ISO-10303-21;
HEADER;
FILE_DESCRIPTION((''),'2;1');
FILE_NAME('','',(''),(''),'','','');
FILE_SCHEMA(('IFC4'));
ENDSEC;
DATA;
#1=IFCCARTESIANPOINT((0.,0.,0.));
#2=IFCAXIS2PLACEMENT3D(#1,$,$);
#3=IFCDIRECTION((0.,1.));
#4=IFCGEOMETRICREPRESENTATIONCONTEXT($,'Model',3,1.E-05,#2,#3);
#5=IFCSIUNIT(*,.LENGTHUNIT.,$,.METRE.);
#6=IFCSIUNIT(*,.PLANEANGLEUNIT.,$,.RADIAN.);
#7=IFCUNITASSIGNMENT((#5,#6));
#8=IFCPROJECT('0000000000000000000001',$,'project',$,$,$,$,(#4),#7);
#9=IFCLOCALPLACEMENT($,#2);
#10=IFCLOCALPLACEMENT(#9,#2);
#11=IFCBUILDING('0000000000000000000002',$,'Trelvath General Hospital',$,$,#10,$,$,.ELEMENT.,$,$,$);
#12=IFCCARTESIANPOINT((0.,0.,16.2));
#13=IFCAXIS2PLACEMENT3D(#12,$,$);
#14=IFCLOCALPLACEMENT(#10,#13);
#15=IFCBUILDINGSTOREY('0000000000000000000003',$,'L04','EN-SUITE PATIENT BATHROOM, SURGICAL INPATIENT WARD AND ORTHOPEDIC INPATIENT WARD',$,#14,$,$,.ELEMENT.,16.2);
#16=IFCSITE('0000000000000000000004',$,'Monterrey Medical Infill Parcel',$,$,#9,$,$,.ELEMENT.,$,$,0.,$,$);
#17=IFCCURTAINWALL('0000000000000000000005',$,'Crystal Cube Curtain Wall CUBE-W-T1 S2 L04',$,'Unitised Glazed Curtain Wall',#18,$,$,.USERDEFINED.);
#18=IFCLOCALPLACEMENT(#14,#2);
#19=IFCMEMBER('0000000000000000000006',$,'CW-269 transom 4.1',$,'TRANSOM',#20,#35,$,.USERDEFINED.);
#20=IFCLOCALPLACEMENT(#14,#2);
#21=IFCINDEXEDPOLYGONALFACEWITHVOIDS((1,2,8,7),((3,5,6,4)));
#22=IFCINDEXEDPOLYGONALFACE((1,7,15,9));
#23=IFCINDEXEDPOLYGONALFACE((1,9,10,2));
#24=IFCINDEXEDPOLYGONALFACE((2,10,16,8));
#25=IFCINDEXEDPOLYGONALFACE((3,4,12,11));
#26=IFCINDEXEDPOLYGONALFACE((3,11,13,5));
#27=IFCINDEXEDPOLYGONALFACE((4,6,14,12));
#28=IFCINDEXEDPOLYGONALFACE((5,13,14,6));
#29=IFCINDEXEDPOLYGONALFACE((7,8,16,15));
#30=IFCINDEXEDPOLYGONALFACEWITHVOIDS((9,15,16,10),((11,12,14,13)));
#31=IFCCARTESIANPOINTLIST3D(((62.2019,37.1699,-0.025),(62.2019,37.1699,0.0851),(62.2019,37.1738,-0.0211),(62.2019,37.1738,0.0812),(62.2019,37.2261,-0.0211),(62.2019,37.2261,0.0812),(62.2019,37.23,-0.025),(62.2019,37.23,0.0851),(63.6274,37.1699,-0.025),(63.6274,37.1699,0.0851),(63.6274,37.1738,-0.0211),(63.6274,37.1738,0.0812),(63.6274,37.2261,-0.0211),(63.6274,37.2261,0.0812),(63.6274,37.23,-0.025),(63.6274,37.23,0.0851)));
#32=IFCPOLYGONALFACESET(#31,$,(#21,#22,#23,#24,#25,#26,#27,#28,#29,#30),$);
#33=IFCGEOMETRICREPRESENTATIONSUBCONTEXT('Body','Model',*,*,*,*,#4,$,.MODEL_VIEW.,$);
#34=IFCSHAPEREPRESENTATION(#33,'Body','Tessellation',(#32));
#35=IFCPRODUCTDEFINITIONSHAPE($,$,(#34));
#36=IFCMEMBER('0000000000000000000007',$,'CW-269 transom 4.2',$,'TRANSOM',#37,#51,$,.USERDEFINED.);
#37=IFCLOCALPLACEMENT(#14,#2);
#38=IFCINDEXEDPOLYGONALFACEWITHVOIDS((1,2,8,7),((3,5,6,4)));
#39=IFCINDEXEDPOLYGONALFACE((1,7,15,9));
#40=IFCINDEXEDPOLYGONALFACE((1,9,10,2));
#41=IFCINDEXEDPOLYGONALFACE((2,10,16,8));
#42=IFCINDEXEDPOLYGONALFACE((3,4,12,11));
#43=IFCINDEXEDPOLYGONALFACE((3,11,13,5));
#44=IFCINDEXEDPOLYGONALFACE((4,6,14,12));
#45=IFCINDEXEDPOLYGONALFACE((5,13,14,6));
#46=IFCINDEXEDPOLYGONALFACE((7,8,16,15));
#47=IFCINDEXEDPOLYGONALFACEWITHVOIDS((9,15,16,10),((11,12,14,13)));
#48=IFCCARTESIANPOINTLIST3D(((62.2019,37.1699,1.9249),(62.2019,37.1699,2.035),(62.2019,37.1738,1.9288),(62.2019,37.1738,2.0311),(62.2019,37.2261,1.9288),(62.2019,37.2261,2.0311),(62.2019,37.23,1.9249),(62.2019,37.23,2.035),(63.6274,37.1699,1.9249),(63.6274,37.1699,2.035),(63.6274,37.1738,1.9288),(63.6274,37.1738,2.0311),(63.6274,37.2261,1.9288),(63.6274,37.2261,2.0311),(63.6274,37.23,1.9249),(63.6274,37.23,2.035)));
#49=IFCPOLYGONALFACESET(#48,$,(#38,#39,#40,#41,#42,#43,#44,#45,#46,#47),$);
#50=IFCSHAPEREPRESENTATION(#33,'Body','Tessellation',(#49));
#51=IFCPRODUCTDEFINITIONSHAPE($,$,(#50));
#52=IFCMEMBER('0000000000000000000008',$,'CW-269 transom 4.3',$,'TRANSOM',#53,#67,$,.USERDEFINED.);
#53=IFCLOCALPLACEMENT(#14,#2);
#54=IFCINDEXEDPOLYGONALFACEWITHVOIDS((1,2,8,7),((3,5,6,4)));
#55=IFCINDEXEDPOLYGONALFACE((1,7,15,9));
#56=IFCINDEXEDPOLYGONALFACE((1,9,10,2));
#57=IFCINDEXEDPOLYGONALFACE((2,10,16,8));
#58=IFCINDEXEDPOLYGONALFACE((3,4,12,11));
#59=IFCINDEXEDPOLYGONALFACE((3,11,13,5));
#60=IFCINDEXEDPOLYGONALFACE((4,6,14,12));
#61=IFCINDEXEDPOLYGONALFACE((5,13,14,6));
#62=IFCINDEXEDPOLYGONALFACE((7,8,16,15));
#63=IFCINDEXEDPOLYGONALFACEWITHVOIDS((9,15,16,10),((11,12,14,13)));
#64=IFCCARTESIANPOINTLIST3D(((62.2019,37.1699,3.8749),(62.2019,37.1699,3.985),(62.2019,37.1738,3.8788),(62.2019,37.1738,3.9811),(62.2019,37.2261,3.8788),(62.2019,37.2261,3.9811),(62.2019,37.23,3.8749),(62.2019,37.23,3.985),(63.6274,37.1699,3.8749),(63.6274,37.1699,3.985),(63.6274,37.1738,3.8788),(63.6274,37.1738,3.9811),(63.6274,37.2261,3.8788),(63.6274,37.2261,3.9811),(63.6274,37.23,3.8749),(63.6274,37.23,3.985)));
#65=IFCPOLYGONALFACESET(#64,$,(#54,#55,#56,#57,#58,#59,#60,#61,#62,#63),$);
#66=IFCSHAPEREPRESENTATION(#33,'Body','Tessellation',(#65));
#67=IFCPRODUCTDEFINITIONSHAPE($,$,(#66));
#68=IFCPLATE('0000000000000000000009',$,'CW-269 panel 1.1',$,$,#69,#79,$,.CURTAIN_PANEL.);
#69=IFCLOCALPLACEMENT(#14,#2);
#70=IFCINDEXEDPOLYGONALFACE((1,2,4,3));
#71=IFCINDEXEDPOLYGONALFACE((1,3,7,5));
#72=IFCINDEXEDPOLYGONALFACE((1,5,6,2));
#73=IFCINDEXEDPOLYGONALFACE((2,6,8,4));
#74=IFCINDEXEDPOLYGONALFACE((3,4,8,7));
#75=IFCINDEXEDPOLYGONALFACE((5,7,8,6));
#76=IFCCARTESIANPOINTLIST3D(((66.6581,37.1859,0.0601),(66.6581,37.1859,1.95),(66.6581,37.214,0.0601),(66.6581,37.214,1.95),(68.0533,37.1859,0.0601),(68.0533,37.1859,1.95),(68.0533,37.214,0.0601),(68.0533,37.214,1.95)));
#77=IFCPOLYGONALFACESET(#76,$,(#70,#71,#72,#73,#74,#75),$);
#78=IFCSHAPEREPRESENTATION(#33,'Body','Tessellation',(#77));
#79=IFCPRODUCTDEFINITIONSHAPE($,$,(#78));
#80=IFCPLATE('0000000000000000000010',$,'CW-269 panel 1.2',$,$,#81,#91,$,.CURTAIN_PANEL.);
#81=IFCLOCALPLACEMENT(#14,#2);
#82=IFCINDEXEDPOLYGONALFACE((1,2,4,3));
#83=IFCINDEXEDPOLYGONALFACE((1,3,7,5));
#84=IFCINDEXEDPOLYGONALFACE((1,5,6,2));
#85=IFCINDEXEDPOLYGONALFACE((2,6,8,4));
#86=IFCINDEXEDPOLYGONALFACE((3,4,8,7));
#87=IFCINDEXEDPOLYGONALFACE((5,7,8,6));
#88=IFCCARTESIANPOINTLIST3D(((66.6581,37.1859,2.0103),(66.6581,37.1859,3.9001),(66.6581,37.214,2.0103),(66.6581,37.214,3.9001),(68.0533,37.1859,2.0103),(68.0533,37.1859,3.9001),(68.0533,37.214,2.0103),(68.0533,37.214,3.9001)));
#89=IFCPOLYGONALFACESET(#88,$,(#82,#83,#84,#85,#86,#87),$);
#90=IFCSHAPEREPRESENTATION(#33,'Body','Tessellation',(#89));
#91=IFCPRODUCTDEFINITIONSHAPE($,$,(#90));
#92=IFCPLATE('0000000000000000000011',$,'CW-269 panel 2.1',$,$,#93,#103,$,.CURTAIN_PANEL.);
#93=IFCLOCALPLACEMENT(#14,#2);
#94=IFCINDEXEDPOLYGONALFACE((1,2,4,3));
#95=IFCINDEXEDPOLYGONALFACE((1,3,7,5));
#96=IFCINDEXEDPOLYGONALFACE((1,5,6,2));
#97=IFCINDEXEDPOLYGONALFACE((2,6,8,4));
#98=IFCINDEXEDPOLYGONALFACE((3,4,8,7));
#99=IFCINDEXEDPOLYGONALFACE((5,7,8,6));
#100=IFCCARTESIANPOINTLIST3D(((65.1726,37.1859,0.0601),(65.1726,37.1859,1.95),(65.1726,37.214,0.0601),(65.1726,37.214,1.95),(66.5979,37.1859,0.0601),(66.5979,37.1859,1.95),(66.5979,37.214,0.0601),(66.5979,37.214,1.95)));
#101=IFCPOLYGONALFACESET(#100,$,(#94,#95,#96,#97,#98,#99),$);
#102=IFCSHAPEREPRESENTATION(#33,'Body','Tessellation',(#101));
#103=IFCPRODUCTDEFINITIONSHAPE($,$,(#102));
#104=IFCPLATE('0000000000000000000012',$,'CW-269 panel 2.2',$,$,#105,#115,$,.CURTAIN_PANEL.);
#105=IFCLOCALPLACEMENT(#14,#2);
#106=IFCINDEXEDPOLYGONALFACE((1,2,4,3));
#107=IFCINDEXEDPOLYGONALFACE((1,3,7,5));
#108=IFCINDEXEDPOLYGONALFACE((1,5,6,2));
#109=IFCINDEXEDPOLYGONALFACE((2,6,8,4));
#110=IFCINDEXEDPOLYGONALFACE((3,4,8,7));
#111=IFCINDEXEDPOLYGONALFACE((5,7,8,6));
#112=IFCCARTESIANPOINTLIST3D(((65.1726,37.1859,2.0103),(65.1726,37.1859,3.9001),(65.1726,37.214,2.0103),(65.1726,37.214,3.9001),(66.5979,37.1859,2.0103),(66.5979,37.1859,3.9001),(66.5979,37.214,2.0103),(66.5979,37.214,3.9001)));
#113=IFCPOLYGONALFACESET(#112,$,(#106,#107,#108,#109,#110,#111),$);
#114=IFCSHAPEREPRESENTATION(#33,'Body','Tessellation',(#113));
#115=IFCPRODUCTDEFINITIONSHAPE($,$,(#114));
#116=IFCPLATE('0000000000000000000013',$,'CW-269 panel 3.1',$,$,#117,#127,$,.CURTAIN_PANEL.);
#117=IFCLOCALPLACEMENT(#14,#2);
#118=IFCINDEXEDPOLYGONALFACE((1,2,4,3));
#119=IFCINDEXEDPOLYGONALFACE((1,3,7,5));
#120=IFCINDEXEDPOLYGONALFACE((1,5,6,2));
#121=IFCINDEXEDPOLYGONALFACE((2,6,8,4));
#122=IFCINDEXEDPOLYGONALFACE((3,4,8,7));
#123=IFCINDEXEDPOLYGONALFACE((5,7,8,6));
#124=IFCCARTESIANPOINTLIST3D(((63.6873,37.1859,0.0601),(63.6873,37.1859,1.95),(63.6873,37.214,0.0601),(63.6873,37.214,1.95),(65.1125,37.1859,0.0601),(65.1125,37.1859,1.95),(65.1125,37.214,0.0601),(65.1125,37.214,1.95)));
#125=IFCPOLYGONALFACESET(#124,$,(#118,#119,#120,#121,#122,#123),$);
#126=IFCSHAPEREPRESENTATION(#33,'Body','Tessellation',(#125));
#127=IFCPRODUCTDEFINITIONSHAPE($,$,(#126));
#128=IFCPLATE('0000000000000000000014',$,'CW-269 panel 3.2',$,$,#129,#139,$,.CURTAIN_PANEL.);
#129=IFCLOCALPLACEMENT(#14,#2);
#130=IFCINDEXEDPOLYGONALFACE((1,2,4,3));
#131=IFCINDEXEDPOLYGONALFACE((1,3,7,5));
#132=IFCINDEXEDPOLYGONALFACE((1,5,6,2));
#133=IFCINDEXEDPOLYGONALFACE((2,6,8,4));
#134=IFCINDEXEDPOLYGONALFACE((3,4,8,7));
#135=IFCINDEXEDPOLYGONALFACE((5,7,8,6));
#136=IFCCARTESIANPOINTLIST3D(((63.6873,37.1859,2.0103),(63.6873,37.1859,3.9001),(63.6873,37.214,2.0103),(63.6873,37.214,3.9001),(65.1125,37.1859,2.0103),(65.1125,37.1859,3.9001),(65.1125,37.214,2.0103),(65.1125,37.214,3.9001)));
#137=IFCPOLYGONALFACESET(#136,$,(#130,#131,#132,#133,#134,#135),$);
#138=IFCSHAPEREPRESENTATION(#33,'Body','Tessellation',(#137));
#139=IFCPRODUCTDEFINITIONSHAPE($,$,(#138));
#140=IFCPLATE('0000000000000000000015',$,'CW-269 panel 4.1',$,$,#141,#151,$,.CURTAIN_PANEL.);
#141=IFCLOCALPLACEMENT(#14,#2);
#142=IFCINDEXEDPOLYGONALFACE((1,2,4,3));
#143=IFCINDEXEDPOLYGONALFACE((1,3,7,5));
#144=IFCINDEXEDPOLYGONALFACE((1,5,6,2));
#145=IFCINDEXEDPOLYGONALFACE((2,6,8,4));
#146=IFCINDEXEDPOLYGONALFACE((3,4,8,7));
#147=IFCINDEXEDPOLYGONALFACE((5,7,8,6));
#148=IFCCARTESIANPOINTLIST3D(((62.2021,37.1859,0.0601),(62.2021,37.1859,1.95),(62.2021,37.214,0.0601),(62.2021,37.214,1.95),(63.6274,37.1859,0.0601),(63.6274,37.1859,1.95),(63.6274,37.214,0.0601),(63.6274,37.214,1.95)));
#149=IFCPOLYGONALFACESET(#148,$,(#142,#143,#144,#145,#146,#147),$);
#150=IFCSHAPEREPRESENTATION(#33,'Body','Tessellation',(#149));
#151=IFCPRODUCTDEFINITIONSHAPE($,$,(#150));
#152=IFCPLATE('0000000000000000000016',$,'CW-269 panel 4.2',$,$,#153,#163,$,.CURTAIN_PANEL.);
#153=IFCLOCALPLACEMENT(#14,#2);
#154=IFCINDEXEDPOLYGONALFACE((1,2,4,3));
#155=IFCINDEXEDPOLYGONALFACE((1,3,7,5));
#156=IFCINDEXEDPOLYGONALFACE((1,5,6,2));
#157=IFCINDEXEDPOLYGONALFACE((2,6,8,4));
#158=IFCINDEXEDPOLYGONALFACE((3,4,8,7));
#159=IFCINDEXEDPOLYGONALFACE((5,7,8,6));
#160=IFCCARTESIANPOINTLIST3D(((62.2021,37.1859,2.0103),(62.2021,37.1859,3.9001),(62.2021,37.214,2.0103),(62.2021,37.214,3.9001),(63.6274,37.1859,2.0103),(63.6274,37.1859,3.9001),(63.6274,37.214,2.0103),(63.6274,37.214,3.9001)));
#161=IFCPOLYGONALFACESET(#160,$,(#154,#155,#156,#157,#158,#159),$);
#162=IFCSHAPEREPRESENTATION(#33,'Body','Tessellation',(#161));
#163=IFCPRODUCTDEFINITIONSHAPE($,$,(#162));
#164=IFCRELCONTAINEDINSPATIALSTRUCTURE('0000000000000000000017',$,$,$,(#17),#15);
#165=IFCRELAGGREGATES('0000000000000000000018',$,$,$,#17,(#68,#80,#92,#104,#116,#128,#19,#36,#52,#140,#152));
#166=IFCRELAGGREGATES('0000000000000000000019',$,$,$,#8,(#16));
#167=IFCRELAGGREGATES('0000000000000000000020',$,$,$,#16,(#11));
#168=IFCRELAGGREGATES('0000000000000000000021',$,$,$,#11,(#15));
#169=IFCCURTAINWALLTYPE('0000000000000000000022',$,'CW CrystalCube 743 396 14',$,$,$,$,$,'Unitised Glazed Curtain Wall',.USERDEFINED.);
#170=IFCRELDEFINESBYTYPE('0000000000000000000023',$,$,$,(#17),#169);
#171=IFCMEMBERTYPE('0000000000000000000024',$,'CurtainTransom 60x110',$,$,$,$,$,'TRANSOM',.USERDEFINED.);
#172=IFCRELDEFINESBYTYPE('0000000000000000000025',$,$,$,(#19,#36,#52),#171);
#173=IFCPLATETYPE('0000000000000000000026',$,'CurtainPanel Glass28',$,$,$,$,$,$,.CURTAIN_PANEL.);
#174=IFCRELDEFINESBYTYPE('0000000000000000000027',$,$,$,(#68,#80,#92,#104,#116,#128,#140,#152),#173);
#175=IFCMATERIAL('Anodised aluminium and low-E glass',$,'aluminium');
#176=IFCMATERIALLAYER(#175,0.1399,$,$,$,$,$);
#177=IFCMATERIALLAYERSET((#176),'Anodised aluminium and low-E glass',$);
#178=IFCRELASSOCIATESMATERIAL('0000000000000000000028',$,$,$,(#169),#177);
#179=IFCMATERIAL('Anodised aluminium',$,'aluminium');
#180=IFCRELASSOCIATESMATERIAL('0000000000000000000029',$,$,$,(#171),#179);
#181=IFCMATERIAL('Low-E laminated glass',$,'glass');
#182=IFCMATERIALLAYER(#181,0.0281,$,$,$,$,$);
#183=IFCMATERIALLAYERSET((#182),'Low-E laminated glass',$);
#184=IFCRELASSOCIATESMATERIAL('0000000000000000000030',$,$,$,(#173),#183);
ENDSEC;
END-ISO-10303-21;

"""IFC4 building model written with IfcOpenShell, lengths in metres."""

from ifc_helpers import new_model, si_unit, direction, frame, origin, origin_2d, place, context, subcontext, project, spatial, rectangle, hollow_rectangle, extrude, material, layer, layer_set, material_profile, profile_set, type_object, element, aggregate, save


model = new_model("IFC4")

# Units and contexts
model_context = context("Model", 3, precision=1e-05, world=origin(), true_north=direction((0.0, 1.0)))
body_context = subcontext(model_context, "Body", "Model", "MODEL_VIEW")
ifc_project = project(units=[si_unit("LENGTHUNIT", "METRE"), si_unit("PLANEANGLEUNIT", "RADIAN")], contexts=[model_context])

# Site, building, storey
site_placement = place(None, origin())
site = spatial("IfcSite", under=ifc_project, at=site_placement, Name="Monterrey Medical Infill Parcel", CompositionType="ELEMENT", RefElevation=0.0)
building_placement = place(site_placement, origin())
building = spatial("IfcBuilding", under=site, at=building_placement, Name="Trelvath General Hospital", CompositionType="ELEMENT")
storey_placement = place(building_placement, frame((0.0, 0.0, 16.2)))
storey = spatial("IfcBuildingStorey", under=building, at=storey_placement, Name="L04", Description="EN-SUITE PATIENT BATHROOM, SURGICAL INPATIENT WARD AND ORTHOPEDIC INPATIENT WARD", CompositionType="ELEMENT", Elevation=16.2)

# Curtain wall, members, plates
ifc_material_1 = material(Name="Anodised aluminium and low-E glass", Category="aluminium")
ifc_layer_1 = layer(ifc_material_1, 0.1399)
ifc_layer_set_1 = layer_set([ifc_layer_1], Name="Anodised aluminium and low-E glass")
curtain_wall_type = type_object("IfcCurtainWallType", Name="CW CrystalCube 743 396 14", ElementType="Unitised Glazed Curtain Wall", PredefinedType="USERDEFINED", material=ifc_layer_set_1)
curtain_wall_placement = place(storey_placement, origin())
curtain_wall = element("IfcCurtainWall", 1, at=curtain_wall_placement, inside=storey, type_object=curtain_wall_type, Name="Crystal Cube Curtain Wall CUBE-W-T1 S2 L04", ObjectType="Unitised Glazed Curtain Wall", PredefinedType="USERDEFINED")
ifc_material_2 = material(Name="Anodised aluminium", Category="aluminium")
ifc_material_profile_1 = material_profile(ifc_material_2, hollow_rectangle(XDim=0.0601, YDim=0.1101, WallThickness=0.0039, at=origin_2d()), Name="RHS60x110x4")
ifc_profile_set_1 = profile_set([ifc_material_profile_1], Name="Anodised aluminium")
member_type_1 = type_object("IfcMemberType", Name="CurtainTransom 60x110", ElementType="TRANSOM", PredefinedType="USERDEFINED", material=ifc_profile_set_1)
member_1_placement = place(storey_placement, frame((63.6274, 37.2, 0.03), z_axis=(-1.0, 0.0, 0.0), x_axis=(0.0, -1.0, 0.0)))
member_1 = element("IfcMember", 2, at=member_1_placement, type_object=member_type_1, Name="CW-269 transom 4.1", ObjectType="TRANSOM", PredefinedType="USERDEFINED", context=body_context, shape_type="SweptSolid", body=[
    extrude(hollow_rectangle(XDim=0.0601, YDim=0.1101, WallThickness=0.0039, at=origin_2d()), origin(), (0.0, 0.0, 1.0), 1.4255),
])
member_2_placement = place(storey_placement, frame((63.6274, 37.2, 1.98), z_axis=(-1.0, 0.0, 0.0), x_axis=(0.0, -1.0, 0.0)))
member_2 = element("IfcMember", 3, at=member_2_placement, type_object=member_type_1, Name="CW-269 transom 4.2", ObjectType="TRANSOM", PredefinedType="USERDEFINED", context=body_context, shape_type="SweptSolid", body=[
    extrude(hollow_rectangle(XDim=0.0601, YDim=0.1101, WallThickness=0.0039, at=origin_2d()), origin(), (0.0, 0.0, 1.0), 1.4255),
])
member_3_placement = place(storey_placement, frame((63.6274, 37.2, 3.9299), z_axis=(-1.0, 0.0, 0.0), x_axis=(0.0, -1.0, 0.0)))
member_3 = element("IfcMember", 4, at=member_3_placement, type_object=member_type_1, Name="CW-269 transom 4.3", ObjectType="TRANSOM", PredefinedType="USERDEFINED", context=body_context, shape_type="SweptSolid", body=[
    extrude(hollow_rectangle(XDim=0.0601, YDim=0.1101, WallThickness=0.0039, at=origin_2d()), origin(), (0.0, 0.0, 1.0), 1.4255),
])
ifc_material_3 = material(Name="Low-E laminated glass", Category="glass")
ifc_layer_2 = layer(ifc_material_3, 0.0281)
ifc_layer_set_2 = layer_set([ifc_layer_2], Name="Low-E laminated glass")
plate_type = type_object("IfcPlateType", Name="CurtainPanel Glass28", PredefinedType="CURTAIN_PANEL", material=ifc_layer_set_2)
plate_1_placement = place(storey_placement, frame((67.3557, 37.2, 0.0601), z_axis=(0.0, 0.0, 1.0), x_axis=(-1.0, 0.0, 0.0)))
plate_1 = element("IfcPlate", 5, at=plate_1_placement, type_object=plate_type, Name="CW-269 panel 1.1", PredefinedType="CURTAIN_PANEL", context=body_context, shape_type="SweptSolid", body=[
    extrude(rectangle(XDim=1.3953, YDim=0.0281, at=origin_2d()), origin(), (0.0, 0.0, 1.0), 1.8899),
])
plate_2_placement = place(storey_placement, frame((67.3557, 37.2, 2.0103), z_axis=(0.0, 0.0, 1.0), x_axis=(-1.0, 0.0, 0.0)))
plate_2 = element("IfcPlate", 6, at=plate_2_placement, type_object=plate_type, Name="CW-269 panel 1.2", PredefinedType="CURTAIN_PANEL", context=body_context, shape_type="SweptSolid", body=[
    extrude(rectangle(XDim=1.3953, YDim=0.0281, at=origin_2d()), origin(), (0.0, 0.0, 1.0), 1.8899),
])
plate_3_placement = place(storey_placement, frame((65.8853, 37.2, 0.0601), z_axis=(0.0, 0.0, 1.0), x_axis=(-1.0, 0.0, 0.0)))
plate_3 = element("IfcPlate", 7, at=plate_3_placement, type_object=plate_type, Name="CW-269 panel 2.1", PredefinedType="CURTAIN_PANEL", context=body_context, shape_type="SweptSolid", body=[
    extrude(rectangle(XDim=1.4253, YDim=0.0281, at=origin_2d()), origin(), (0.0, 0.0, 1.0), 1.8899),
])
plate_4_placement = place(storey_placement, frame((65.8853, 37.2, 2.0103), z_axis=(0.0, 0.0, 1.0), x_axis=(-1.0, 0.0, 0.0)))
plate_4 = element("IfcPlate", 8, at=plate_4_placement, type_object=plate_type, Name="CW-269 panel 2.2", PredefinedType="CURTAIN_PANEL", context=body_context, shape_type="SweptSolid", body=[
    extrude(rectangle(XDim=1.4253, YDim=0.0281, at=origin_2d()), origin(), (0.0, 0.0, 1.0), 1.8899),
])
plate_5_placement = place(storey_placement, frame((64.3999, 37.2, 0.0601), z_axis=(0.0, 0.0, 1.0), x_axis=(-1.0, 0.0, 0.0)))
plate_5 = element("IfcPlate", 9, at=plate_5_placement, type_object=plate_type, Name="CW-269 panel 3.1", PredefinedType="CURTAIN_PANEL", context=body_context, shape_type="SweptSolid", body=[
    extrude(rectangle(XDim=1.4253, YDim=0.0281, at=origin_2d()), origin(), (0.0, 0.0, 1.0), 1.8899),
])
plate_6_placement = place(storey_placement, frame((64.3999, 37.2, 2.0103), z_axis=(0.0, 0.0, 1.0), x_axis=(-1.0, 0.0, 0.0)))
plate_6 = element("IfcPlate", 10, at=plate_6_placement, type_object=plate_type, Name="CW-269 panel 3.2", PredefinedType="CURTAIN_PANEL", context=body_context, shape_type="SweptSolid", body=[
    extrude(rectangle(XDim=1.4253, YDim=0.0281, at=origin_2d()), origin(), (0.0, 0.0, 1.0), 1.8899),
])
plate_7_placement = place(storey_placement, frame((62.9148, 37.2, 0.0601), z_axis=(0.0, 0.0, 1.0), x_axis=(-1.0, 0.0, 0.0)))
plate_7 = element("IfcPlate", 11, at=plate_7_placement, type_object=plate_type, Name="CW-269 panel 4.1", PredefinedType="CURTAIN_PANEL", context=body_context, shape_type="SweptSolid", body=[
    extrude(rectangle(XDim=1.4253, YDim=0.0281, at=origin_2d()), origin(), (0.0, 0.0, 1.0), 1.8899),
])
plate_8_placement = place(storey_placement, frame((62.9148, 37.2, 2.0103), z_axis=(0.0, 0.0, 1.0), x_axis=(-1.0, 0.0, 0.0)))
plate_8 = element("IfcPlate", 12, at=plate_8_placement, type_object=plate_type, Name="CW-269 panel 4.2", PredefinedType="CURTAIN_PANEL", context=body_context, shape_type="SweptSolid", body=[
    extrude(rectangle(XDim=1.4253, YDim=0.0281, at=origin_2d()), origin(), (0.0, 0.0, 1.0), 1.8899),
])
aggregate(curtain_wall, [plate_1, plate_2, plate_3, plate_4, plate_5, plate_6, member_1, member_2, member_3, plate_7, plate_8])

save(model, "model.ifc")
